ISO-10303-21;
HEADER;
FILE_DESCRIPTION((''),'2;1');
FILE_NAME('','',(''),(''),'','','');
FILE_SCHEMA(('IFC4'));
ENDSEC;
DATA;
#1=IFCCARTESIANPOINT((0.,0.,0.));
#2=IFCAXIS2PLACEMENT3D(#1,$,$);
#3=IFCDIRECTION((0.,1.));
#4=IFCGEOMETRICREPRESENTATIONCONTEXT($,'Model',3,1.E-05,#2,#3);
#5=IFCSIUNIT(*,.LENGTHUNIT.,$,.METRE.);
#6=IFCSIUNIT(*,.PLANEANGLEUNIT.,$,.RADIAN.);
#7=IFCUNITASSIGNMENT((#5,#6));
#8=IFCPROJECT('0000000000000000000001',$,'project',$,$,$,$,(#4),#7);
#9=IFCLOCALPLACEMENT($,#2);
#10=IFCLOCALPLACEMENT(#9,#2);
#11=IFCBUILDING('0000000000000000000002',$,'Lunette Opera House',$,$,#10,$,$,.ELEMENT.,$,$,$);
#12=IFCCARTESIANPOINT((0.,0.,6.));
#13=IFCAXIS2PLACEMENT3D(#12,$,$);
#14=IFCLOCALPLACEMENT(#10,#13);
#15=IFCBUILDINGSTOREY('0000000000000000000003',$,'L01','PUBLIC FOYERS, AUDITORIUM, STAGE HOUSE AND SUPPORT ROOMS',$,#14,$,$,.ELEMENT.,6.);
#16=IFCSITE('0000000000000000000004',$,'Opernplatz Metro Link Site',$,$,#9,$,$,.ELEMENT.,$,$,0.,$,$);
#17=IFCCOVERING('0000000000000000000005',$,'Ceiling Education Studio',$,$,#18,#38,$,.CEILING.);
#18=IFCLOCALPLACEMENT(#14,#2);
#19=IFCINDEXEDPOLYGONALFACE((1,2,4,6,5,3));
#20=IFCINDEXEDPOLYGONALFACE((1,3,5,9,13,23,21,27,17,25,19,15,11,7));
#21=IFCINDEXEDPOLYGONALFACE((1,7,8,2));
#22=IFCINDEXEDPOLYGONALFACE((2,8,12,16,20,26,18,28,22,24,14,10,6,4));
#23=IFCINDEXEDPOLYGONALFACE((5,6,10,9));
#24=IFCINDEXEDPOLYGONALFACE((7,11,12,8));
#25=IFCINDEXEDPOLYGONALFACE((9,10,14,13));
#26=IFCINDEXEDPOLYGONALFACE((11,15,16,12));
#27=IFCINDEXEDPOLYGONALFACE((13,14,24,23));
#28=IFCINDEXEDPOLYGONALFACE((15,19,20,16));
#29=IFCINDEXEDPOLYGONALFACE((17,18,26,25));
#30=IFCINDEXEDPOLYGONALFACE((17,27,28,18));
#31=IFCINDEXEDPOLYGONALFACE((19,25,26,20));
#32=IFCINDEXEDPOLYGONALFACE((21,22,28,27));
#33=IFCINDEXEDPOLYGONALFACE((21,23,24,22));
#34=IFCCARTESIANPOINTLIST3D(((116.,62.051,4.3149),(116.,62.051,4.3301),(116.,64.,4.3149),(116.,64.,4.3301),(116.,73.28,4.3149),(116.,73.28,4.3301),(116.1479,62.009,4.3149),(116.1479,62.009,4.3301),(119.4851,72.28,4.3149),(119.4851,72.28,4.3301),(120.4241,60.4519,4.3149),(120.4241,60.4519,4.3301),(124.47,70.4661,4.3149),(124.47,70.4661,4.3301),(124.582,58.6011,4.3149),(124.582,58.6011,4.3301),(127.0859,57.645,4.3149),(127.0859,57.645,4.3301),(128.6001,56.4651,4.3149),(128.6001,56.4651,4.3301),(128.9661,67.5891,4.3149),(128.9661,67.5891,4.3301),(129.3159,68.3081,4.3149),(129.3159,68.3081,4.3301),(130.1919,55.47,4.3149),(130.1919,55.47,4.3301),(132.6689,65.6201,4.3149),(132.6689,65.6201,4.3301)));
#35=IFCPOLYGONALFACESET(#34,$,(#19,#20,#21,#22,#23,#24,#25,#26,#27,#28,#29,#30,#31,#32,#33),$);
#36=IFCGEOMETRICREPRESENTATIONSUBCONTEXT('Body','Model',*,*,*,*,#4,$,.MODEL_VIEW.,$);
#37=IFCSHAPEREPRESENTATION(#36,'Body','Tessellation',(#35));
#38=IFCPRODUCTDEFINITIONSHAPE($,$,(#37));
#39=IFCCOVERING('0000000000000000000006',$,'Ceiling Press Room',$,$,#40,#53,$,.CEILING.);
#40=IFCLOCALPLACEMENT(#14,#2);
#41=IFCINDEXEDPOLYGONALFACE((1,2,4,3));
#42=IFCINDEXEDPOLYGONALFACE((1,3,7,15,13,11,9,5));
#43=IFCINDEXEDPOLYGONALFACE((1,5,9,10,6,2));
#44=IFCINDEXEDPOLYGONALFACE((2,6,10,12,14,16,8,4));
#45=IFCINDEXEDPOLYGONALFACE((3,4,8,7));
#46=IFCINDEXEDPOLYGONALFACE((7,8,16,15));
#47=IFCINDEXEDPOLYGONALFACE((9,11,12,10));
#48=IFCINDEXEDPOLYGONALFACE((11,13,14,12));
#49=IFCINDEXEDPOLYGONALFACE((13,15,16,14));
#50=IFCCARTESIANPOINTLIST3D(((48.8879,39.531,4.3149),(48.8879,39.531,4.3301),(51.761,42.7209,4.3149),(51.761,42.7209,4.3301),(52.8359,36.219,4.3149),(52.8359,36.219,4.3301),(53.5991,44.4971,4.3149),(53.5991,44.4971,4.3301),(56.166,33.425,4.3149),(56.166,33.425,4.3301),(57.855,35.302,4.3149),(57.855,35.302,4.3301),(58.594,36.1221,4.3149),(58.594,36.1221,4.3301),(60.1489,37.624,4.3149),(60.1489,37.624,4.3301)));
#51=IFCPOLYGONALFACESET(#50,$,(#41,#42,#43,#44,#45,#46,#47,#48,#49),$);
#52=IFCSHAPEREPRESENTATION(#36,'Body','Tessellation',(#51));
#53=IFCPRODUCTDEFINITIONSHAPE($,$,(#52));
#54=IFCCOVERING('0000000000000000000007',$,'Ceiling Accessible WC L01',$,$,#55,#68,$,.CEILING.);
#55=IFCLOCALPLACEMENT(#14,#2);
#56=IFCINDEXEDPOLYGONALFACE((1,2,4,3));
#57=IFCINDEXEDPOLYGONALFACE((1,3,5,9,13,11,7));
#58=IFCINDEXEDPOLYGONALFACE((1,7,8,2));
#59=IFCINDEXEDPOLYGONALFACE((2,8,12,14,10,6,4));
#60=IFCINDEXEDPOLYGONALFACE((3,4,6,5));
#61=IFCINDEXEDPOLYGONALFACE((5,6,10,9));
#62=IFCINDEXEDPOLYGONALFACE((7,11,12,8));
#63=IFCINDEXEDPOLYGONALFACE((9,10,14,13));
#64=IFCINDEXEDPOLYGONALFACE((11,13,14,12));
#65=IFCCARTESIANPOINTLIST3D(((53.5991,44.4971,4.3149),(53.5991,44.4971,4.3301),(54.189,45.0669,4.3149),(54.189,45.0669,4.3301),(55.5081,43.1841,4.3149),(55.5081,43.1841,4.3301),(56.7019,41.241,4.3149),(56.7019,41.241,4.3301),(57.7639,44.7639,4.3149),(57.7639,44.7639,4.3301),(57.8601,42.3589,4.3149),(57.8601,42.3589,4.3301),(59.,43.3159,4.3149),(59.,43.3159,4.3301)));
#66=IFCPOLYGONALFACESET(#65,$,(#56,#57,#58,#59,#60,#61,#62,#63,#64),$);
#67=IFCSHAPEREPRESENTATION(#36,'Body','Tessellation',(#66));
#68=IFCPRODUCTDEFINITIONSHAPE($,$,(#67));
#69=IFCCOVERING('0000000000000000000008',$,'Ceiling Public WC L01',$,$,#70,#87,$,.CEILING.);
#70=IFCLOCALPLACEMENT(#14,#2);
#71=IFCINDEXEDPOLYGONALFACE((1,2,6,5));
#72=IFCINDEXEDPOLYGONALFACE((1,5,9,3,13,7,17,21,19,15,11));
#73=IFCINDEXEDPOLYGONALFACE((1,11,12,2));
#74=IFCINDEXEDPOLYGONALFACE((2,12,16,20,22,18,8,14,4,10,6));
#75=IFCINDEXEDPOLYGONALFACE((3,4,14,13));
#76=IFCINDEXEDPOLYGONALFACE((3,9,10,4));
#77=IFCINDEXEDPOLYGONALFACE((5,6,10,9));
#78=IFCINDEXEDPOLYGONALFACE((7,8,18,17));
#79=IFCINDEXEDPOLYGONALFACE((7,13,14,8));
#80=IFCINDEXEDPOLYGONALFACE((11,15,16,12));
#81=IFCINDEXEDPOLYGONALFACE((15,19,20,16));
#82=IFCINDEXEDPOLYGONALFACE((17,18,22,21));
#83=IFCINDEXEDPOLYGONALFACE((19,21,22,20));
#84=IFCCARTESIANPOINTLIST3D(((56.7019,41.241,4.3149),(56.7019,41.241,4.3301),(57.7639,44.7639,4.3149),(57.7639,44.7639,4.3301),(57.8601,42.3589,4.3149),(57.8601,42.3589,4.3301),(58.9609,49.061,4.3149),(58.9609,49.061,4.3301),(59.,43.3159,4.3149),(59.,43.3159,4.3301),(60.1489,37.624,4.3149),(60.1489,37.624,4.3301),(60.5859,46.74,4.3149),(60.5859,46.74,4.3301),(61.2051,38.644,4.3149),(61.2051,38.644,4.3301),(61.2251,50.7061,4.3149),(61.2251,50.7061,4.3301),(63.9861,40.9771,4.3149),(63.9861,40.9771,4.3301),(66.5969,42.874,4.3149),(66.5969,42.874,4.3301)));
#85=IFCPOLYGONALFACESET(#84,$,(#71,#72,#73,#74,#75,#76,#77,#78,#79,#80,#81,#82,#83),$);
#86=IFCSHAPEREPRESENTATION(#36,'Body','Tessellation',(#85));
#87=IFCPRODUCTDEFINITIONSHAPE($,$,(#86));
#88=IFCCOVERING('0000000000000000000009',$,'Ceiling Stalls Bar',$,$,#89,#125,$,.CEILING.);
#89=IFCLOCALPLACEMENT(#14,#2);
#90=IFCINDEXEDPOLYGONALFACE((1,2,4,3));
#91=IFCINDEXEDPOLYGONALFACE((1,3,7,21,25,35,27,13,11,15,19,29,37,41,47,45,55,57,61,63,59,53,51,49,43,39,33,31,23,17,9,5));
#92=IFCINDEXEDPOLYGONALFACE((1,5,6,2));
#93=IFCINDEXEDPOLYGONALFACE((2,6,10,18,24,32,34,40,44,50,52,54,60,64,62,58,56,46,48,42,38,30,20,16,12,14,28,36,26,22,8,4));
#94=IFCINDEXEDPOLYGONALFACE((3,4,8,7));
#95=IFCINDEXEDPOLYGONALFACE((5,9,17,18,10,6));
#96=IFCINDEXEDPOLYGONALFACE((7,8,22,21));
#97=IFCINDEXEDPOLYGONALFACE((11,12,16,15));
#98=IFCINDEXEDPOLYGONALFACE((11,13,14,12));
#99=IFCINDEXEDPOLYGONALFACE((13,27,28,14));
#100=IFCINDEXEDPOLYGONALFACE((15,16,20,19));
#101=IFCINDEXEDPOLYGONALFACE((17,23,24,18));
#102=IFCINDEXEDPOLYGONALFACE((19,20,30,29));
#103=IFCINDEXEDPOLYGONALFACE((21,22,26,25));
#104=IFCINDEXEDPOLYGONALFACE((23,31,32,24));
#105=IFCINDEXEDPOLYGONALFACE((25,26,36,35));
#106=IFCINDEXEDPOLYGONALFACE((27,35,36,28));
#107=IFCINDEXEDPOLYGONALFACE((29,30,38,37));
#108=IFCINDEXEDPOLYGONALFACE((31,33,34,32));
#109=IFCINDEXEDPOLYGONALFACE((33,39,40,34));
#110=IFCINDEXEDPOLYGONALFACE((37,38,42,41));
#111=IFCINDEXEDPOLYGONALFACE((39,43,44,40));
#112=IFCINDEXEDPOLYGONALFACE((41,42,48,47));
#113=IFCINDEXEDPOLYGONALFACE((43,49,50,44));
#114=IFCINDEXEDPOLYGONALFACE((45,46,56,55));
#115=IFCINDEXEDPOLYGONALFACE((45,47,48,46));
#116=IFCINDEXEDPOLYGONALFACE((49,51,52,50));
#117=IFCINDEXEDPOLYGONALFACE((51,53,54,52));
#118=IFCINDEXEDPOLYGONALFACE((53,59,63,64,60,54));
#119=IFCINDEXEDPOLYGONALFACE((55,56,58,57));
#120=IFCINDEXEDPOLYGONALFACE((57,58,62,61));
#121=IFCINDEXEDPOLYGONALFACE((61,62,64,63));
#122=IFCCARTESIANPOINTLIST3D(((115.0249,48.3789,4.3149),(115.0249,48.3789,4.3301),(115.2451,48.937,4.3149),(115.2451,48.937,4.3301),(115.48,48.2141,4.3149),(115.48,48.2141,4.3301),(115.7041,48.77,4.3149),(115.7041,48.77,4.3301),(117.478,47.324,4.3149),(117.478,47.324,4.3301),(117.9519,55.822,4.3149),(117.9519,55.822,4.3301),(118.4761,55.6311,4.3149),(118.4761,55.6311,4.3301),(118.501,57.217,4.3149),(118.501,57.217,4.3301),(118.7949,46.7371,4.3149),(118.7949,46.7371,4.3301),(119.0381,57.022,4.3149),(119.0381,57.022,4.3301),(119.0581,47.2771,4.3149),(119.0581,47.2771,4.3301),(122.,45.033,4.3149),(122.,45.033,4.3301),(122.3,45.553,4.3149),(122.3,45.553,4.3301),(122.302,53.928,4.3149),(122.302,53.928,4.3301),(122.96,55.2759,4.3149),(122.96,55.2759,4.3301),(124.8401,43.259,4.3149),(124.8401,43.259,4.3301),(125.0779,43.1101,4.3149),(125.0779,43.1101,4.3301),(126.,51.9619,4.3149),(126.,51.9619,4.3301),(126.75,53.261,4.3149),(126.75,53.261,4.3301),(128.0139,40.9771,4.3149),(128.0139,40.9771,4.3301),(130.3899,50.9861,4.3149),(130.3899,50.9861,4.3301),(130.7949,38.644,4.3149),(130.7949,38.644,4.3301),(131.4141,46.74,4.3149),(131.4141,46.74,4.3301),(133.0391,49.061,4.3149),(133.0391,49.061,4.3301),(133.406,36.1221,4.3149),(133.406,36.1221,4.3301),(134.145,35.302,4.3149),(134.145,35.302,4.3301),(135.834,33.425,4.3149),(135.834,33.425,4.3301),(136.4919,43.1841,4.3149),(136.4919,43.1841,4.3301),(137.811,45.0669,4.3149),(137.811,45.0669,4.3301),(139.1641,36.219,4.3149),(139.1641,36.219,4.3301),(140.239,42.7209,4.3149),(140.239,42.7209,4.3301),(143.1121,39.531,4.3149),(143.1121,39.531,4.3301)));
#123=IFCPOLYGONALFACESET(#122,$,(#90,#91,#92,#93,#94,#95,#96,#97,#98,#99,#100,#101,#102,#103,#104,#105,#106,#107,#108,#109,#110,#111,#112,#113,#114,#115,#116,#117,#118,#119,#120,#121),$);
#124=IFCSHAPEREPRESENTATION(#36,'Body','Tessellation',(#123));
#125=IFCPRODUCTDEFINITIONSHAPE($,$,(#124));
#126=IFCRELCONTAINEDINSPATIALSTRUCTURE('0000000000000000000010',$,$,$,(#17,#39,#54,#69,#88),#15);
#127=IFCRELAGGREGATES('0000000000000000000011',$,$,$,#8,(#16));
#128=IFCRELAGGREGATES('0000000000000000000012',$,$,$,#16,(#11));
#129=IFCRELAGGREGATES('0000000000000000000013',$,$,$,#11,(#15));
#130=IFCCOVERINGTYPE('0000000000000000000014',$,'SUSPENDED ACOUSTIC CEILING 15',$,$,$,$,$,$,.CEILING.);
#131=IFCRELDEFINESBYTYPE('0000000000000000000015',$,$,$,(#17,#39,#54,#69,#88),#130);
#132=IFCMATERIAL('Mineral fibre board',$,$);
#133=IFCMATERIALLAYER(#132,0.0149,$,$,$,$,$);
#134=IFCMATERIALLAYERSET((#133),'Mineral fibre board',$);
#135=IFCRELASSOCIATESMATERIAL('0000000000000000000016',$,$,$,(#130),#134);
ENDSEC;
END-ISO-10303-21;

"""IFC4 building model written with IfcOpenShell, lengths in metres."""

from ifc_helpers import new_model, si_unit, direction, frame, origin, place, context, subcontext, project, spatial, polyline, outline, extrude, material, layer, layer_set, type_object, element, save


model = new_model("IFC4")

# Units and contexts
model_context = context("Model", 3, precision=1e-05, world=origin(), true_north=direction((0.0, 1.0)))
body_context = subcontext(model_context, "Body", "Model", "MODEL_VIEW")
ifc_project = project(units=[si_unit("LENGTHUNIT", "METRE"), si_unit("PLANEANGLEUNIT", "RADIAN")], contexts=[model_context])

# Site, building, storey
site_placement = place(None, origin())
site = spatial("IfcSite", under=ifc_project, at=site_placement, Name="Opernplatz Metro Link Site", CompositionType="ELEMENT", RefElevation=0.0)
building_placement = place(site_placement, origin())
building = spatial("IfcBuilding", under=site, at=building_placement, Name="Lunette Opera House", CompositionType="ELEMENT")
storey_placement = place(building_placement, frame((0.0, 0.0, 6.0)))
storey = spatial("IfcBuildingStorey", under=building, at=storey_placement, Name="L01", Description="PUBLIC FOYERS, AUDITORIUM, STAGE HOUSE AND SUPPORT ROOMS", CompositionType="ELEMENT", Elevation=6.0)

# Coverings
ifc_material_1 = material(Name="Mineral fibre board")
ifc_layer_1 = layer(ifc_material_1, 0.0149)
ifc_layer_set_1 = layer_set([ifc_layer_1], Name="Mineral fibre board")
covering_type = type_object("IfcCoveringType", Name="SUSPENDED ACOUSTIC CEILING 15", PredefinedType="CEILING", material=ifc_layer_set_1)
covering_1_placement = place(storey_placement, frame((0.0, 0.0, 4.3149)))
element("IfcCovering", 1, at=covering_1_placement, inside=storey, type_object=covering_type, Name="Ceiling Education Studio", PredefinedType="CEILING", context=body_context, shape_type="SweptSolid", body=[
    extrude(outline(polyline([(124.47, 70.4661), (129.3159, 68.3081), (128.9661, 67.5891), (132.6689, 65.6201), (127.0859, 57.645), (130.1919, 55.47), (128.6001, 56.4651), (124.582, 58.6011), (120.4241, 60.4519), (116.1479, 62.009), (116.0, 62.051), (116.0, 64.0), (116.0, 73.28), (119.4851, 72.28), (124.47, 70.4661)])), origin(), (0.0, 0.0, 1.0), 0.0151),
])
covering_2_placement = place(storey_placement, frame((0.0, 0.0, 4.3149)))
element("IfcCovering", 2, at=covering_2_placement, inside=storey, type_object=covering_type, Name="Ceiling Press Room", PredefinedType="CEILING", context=body_context, shape_type="SweptSolid", body=[
    extrude(outline(polyline([(57.855, 35.302), (56.166, 33.425), (52.8359, 36.219), (48.8879, 39.531), (51.761, 42.7209), (53.5991, 44.4971), (60.1489, 37.624), (58.594, 36.1221), (57.855, 35.302)])), origin(), (0.0, 0.0, 1.0), 0.0151),
])
covering_3_placement = place(storey_placement, frame((0.0, 0.0, 4.3149)))
element("IfcCovering", 3, at=covering_3_placement, inside=storey, type_object=covering_type, Name="Ceiling Accessible WC L01", PredefinedType="CEILING", context=body_context, shape_type="SweptSolid", body=[
    extrude(outline(polyline([(54.189, 45.0669), (55.5081, 43.1841), (57.7639, 44.7639), (59.0, 43.3159), (57.8601, 42.3589), (56.7019, 41.241), (53.5991, 44.4971), (54.189, 45.0669)])), origin(), (0.0, 0.0, 1.0), 0.0151),
])
covering_4_placement = place(storey_placement, frame((0.0, 0.0, 4.3149)))
element("IfcCovering", 4, at=covering_4_placement, inside=storey, type_object=covering_type, Name="Ceiling Public WC L01", PredefinedType="CEILING", context=body_context, shape_type="SweptSolid", body=[
    extrude(outline(polyline([(60.1489, 37.624), (56.7019, 41.241), (57.8601, 42.3589), (59.0, 43.3159), (57.7639, 44.7639), (60.5859, 46.74), (58.9609, 49.061), (61.2251, 50.7061), (66.5969, 42.874), (63.9861, 40.9771), (61.2051, 38.644), (60.1489, 37.624)])), origin(), (0.0, 0.0, 1.0), 0.0151),
])
covering_5_placement = place(storey_placement, frame((0.0, 0.0, 4.3149)))
element("IfcCovering", 5, at=covering_5_placement, inside=storey, type_object=covering_type, Name="Ceiling Stalls Bar", PredefinedType="CEILING", context=body_context, shape_type="SweptSolid", body=[
    extrude(outline(polyline([(119.0581, 47.2771), (122.3, 45.553), (126.0, 51.9619), (122.302, 53.928), (118.4761, 55.6311), (117.9519, 55.822), (118.501, 57.217), (119.0381, 57.022), (122.96, 55.2759), (126.75, 53.261), (130.3899, 50.9861), (133.0391, 49.061), (131.4141, 46.74), (136.4919, 43.1841), (137.811, 45.0669), (140.239, 42.7209), (143.1121, 39.531), (139.1641, 36.219), (135.834, 33.425), (134.145, 35.302), (133.406, 36.1221), (130.7949, 38.644), (128.0139, 40.9771), (125.0779, 43.1101), (124.8401, 43.259), (122.0, 45.033), (118.7949, 46.7371), (117.478, 47.324), (115.48, 48.2141), (115.0249, 48.3789), (115.2451, 48.937), (115.7041, 48.77), (119.0581, 47.2771)])), origin(), (0.0, 0.0, 1.0), 0.0151),
])

save(model, "model.ifc")
